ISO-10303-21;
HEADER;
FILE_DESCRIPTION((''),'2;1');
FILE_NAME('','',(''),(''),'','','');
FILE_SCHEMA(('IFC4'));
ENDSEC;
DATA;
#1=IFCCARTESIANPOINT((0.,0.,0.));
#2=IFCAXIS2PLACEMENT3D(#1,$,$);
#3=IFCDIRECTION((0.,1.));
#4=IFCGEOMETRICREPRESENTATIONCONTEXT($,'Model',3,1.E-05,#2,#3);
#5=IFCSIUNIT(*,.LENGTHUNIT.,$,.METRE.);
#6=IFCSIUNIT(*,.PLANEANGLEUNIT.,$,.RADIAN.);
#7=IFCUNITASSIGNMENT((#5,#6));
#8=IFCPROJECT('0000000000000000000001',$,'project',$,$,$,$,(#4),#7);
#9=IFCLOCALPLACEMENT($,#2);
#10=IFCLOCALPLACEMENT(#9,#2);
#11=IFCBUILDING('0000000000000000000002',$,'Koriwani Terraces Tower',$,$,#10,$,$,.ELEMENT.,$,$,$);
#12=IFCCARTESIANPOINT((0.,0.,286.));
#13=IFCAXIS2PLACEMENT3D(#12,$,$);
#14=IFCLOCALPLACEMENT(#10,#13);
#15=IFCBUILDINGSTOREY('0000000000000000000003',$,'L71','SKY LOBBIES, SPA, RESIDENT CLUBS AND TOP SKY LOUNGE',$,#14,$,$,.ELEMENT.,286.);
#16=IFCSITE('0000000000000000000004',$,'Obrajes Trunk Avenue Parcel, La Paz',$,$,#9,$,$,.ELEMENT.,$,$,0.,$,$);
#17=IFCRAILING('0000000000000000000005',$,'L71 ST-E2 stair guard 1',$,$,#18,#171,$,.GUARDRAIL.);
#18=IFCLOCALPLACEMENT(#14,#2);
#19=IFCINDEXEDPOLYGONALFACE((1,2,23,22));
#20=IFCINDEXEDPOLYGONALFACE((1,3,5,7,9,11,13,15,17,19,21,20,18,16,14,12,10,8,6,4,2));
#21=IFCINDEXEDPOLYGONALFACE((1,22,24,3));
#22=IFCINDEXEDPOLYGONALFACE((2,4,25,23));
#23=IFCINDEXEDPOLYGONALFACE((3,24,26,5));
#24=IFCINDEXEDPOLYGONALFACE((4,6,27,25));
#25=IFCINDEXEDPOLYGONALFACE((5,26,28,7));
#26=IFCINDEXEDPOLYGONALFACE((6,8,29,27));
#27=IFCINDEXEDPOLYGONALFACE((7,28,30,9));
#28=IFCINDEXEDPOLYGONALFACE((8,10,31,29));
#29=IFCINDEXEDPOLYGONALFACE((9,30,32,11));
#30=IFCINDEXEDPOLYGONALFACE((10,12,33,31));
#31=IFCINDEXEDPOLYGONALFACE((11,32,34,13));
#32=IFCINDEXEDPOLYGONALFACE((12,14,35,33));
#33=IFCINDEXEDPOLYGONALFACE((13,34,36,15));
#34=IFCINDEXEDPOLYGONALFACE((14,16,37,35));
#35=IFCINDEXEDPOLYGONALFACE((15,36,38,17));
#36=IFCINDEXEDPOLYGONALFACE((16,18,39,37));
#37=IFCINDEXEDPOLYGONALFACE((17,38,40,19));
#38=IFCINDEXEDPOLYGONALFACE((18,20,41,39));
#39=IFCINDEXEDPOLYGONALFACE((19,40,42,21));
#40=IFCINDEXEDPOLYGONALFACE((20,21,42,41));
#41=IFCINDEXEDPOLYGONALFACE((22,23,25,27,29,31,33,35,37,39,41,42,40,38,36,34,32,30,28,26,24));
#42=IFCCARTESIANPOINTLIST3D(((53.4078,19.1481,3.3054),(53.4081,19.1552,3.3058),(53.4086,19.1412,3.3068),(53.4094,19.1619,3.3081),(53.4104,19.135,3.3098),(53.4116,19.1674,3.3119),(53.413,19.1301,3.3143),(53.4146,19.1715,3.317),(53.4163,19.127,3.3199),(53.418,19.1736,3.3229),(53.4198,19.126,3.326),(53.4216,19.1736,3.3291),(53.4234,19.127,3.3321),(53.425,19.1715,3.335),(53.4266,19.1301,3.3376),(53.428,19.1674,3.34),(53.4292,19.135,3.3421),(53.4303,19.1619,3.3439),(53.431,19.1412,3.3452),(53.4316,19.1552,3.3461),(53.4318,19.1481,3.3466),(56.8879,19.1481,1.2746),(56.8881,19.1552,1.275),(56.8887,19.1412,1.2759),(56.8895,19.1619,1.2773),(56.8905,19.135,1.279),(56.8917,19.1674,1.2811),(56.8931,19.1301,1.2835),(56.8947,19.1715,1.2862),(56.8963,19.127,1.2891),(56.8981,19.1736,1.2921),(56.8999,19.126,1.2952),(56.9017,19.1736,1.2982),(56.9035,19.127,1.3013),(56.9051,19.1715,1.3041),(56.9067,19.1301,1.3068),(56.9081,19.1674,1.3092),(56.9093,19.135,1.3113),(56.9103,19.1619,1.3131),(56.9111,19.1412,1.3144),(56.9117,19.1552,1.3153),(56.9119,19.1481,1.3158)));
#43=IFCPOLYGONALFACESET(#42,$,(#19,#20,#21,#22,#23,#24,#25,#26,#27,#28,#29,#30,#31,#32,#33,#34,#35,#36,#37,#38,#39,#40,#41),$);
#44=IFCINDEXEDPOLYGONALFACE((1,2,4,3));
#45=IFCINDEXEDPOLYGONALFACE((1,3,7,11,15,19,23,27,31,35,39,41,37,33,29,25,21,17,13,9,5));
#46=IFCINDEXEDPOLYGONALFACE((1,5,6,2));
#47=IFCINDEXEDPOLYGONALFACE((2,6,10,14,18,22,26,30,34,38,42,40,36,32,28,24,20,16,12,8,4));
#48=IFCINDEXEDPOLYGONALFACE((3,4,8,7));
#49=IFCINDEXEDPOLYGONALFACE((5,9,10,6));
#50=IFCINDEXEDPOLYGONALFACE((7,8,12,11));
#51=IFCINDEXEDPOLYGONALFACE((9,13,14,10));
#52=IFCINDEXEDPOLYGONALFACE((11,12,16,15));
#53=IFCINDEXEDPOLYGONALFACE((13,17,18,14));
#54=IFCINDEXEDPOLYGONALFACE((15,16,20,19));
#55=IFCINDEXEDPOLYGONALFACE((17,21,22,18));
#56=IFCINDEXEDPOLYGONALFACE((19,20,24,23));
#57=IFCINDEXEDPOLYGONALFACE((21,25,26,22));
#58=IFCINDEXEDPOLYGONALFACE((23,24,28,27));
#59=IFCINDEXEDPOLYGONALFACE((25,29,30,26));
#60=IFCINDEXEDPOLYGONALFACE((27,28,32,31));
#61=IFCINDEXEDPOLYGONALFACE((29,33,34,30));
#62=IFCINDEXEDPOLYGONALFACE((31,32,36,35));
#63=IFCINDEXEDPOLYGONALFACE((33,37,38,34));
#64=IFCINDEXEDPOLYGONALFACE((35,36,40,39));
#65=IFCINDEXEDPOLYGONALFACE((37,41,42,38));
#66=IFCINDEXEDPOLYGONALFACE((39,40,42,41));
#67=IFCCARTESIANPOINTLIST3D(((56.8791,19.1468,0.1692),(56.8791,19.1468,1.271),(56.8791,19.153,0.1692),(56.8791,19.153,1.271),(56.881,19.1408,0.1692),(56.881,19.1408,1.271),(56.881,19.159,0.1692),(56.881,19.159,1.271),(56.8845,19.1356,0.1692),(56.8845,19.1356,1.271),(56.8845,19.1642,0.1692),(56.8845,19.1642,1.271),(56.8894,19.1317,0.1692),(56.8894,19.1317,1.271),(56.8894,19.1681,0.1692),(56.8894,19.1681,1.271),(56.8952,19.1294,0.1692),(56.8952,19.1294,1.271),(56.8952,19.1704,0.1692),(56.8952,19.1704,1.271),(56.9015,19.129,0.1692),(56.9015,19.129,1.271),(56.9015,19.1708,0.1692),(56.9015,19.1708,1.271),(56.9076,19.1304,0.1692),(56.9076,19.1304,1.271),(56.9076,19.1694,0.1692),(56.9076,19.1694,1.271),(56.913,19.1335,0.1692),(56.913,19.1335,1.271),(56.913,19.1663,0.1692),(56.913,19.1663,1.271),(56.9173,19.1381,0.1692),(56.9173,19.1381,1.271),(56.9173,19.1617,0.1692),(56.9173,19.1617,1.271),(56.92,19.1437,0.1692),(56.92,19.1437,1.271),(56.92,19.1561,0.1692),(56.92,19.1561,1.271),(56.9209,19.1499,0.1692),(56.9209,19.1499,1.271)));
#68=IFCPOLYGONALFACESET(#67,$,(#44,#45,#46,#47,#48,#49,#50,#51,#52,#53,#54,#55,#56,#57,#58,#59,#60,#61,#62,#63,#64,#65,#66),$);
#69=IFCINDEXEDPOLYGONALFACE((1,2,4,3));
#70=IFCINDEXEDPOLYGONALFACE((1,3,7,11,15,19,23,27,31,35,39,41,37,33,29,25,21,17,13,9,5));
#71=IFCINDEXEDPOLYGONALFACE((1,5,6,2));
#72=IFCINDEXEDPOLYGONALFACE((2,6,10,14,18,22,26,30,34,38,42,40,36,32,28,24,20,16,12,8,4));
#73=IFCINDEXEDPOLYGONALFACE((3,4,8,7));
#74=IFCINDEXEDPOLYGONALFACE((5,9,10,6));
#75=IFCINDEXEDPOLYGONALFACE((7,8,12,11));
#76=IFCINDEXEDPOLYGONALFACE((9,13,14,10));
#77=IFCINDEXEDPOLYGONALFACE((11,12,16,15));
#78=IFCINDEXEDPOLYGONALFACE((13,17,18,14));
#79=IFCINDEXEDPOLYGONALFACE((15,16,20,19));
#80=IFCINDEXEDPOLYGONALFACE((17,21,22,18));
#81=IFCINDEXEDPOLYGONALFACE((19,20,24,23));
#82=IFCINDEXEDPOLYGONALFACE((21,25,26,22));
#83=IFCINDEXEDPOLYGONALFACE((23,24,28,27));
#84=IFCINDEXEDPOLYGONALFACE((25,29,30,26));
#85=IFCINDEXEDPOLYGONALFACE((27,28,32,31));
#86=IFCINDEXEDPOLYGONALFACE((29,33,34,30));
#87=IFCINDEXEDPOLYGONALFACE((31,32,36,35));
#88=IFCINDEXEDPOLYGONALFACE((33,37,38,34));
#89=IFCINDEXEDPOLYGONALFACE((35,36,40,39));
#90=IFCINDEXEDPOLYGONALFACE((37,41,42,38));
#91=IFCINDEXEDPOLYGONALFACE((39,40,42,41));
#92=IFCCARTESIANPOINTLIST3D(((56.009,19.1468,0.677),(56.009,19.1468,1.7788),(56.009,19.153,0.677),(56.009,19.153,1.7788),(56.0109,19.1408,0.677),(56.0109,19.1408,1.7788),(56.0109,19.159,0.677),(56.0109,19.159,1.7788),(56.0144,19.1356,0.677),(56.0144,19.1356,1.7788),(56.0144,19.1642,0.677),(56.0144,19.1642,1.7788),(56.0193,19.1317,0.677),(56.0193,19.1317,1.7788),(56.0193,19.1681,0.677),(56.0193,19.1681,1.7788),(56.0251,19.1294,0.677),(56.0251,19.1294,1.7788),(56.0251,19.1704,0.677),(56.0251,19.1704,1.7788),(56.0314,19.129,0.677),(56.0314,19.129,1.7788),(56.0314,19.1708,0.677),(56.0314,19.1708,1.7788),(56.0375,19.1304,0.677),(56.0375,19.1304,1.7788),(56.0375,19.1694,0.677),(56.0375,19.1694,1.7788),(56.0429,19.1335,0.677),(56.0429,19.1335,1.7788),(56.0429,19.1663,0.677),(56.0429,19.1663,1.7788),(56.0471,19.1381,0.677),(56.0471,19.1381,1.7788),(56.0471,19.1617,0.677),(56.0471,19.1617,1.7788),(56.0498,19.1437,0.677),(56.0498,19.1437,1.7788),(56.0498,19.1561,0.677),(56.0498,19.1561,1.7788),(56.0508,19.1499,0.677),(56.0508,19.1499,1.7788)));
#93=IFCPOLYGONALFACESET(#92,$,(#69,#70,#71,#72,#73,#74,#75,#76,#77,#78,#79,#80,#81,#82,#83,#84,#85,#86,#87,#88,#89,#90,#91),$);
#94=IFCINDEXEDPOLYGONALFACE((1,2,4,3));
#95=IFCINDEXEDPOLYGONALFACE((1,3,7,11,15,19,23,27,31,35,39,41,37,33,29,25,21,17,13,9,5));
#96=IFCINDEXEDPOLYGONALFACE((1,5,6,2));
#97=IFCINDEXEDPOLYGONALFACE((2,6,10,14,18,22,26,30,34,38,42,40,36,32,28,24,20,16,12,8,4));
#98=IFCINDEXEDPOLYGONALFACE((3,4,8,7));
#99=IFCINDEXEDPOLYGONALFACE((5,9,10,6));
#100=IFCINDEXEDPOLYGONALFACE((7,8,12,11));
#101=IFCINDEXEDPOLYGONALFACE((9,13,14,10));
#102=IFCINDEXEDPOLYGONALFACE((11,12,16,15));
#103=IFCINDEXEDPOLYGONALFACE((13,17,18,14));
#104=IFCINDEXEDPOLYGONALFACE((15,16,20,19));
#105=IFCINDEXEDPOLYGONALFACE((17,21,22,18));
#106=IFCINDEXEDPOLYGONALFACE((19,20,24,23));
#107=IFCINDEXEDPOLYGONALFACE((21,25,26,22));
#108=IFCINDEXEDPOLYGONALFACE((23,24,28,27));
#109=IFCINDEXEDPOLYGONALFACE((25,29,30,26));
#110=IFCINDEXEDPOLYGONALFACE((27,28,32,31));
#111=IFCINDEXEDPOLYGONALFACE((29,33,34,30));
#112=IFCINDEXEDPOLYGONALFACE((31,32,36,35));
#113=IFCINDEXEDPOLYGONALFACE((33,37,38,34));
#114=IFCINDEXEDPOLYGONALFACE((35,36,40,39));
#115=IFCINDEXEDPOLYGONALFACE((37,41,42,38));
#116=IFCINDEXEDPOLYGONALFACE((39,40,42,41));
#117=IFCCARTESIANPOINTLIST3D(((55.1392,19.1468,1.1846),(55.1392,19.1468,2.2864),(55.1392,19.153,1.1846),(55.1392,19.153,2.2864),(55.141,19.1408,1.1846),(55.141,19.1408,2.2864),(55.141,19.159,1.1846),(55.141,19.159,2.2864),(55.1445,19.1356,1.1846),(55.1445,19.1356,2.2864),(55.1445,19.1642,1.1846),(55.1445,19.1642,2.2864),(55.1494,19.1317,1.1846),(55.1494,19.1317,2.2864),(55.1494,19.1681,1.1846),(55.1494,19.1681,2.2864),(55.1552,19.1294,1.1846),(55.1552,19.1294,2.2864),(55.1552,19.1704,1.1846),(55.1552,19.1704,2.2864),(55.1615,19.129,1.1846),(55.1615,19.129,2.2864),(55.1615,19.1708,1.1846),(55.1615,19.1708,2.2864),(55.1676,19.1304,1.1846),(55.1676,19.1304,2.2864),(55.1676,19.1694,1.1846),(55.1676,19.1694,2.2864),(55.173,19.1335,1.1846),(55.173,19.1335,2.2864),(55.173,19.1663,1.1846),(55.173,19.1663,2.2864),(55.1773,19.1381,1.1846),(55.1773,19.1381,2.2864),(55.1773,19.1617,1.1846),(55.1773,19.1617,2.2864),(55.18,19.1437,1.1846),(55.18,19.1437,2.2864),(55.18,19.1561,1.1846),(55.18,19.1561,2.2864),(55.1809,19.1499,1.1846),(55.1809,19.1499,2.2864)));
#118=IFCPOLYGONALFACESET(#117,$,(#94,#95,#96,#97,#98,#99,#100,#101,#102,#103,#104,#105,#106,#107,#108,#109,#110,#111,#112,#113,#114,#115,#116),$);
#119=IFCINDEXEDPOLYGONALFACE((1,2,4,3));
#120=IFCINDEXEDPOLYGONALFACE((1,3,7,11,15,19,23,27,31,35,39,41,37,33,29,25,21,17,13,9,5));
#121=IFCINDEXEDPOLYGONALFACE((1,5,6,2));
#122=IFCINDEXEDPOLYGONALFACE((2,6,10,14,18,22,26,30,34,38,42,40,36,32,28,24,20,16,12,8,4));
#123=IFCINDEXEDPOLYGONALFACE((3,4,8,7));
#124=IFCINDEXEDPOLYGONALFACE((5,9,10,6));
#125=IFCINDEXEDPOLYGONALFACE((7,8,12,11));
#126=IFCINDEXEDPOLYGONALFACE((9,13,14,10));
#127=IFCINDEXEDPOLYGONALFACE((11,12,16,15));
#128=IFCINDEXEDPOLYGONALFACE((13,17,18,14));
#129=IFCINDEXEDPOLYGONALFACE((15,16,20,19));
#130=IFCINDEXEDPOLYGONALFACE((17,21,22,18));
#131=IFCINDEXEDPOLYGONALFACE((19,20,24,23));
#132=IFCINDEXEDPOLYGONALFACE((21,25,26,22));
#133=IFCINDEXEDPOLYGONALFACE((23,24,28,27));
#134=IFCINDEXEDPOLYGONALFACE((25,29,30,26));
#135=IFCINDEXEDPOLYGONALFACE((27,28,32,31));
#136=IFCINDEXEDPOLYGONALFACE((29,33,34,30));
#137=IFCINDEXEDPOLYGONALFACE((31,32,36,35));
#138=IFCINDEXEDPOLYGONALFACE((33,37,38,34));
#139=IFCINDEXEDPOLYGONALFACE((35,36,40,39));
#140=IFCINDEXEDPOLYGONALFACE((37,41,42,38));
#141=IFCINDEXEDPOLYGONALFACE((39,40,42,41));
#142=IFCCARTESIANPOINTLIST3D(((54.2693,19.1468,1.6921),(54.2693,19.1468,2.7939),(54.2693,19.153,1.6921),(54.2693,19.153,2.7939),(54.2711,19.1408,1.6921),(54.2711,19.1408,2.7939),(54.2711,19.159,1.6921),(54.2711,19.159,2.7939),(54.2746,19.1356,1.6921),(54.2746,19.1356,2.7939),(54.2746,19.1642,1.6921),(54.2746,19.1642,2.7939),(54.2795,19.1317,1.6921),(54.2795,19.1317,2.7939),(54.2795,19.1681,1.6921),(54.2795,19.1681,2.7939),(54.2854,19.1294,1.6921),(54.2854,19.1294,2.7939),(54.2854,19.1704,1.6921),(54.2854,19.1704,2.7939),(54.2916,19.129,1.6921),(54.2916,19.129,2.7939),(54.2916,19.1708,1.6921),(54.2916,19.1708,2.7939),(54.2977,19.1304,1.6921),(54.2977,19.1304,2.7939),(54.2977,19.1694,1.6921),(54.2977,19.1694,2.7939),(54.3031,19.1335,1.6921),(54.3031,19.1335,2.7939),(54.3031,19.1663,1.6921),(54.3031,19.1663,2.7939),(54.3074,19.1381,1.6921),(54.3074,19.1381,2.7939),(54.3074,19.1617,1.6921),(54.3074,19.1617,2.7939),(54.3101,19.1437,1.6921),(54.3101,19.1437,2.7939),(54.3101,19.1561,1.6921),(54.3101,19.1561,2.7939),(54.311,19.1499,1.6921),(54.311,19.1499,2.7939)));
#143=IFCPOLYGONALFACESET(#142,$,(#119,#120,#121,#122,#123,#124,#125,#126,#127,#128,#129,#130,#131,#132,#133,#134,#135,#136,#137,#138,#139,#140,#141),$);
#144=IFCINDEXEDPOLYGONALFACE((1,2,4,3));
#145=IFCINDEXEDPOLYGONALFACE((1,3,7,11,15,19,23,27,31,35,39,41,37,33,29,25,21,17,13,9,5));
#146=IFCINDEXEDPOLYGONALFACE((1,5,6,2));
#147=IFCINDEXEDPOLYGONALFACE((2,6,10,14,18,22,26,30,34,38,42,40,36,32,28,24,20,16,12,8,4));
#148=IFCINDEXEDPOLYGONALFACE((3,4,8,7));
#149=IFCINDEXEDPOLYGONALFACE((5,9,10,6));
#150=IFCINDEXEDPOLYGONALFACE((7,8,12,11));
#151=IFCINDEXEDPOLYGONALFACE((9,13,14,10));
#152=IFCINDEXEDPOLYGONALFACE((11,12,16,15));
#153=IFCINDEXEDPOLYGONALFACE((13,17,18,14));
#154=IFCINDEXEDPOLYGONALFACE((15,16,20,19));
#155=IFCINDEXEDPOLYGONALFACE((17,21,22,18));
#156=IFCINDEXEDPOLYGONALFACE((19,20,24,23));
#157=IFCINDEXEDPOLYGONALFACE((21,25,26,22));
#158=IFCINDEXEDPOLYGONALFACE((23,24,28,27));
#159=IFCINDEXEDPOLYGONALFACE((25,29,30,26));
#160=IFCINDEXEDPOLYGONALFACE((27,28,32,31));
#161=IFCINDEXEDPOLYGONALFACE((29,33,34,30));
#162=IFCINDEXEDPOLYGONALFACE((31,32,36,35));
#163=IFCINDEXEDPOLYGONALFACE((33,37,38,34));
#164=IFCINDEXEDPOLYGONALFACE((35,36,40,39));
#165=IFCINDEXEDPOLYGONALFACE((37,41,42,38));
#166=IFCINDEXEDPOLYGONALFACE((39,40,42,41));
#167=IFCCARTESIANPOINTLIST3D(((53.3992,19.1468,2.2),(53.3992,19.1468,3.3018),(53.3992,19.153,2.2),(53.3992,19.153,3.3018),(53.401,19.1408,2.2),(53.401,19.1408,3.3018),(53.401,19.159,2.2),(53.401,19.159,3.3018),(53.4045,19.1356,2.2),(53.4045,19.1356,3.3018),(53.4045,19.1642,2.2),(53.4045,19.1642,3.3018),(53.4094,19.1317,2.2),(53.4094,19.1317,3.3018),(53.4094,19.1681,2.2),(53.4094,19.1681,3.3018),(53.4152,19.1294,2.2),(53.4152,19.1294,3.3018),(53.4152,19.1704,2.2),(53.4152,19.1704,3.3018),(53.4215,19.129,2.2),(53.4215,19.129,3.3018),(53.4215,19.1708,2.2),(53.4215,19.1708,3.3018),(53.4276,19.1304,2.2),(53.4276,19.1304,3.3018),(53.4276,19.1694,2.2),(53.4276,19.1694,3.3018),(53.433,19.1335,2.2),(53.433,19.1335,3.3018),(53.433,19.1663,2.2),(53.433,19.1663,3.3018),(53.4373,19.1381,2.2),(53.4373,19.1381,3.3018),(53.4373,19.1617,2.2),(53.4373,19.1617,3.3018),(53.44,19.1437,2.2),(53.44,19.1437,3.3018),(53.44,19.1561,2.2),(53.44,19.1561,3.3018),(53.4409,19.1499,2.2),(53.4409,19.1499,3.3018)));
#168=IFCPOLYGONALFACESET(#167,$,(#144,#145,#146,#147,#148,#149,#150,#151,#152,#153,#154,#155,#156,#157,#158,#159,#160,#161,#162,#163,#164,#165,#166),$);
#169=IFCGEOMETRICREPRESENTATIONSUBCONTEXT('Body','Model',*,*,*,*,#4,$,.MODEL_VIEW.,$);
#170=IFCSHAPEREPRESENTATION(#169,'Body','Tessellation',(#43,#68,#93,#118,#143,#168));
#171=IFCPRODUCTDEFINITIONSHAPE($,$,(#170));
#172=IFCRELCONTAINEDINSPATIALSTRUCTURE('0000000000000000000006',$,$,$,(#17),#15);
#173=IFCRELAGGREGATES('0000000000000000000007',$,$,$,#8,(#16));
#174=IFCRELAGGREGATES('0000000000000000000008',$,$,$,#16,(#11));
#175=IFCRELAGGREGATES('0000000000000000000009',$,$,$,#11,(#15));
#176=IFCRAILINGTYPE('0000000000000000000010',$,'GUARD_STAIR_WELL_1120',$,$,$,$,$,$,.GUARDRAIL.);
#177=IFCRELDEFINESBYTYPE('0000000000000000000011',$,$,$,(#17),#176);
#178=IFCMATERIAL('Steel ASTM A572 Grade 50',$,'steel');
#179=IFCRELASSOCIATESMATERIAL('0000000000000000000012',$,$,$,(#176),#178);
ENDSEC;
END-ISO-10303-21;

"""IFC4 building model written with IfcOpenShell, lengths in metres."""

from ifc_helpers import new_model, si_unit, direction, frame, origin, origin_2d, place, context, subcontext, project, spatial, circle, extrude, material, type_object, element, save


model = new_model("IFC4")

# Units and contexts
model_context = context("Model", 3, precision=1e-05, world=origin(), true_north=direction((0.0, 1.0)))
body_context = subcontext(model_context, "Body", "Model", "MODEL_VIEW")
ifc_project = project(units=[si_unit("LENGTHUNIT", "METRE"), si_unit("PLANEANGLEUNIT", "RADIAN")], contexts=[model_context])

# Site, building, storey
site_placement = place(None, origin())
site = spatial("IfcSite", under=ifc_project, at=site_placement, Name="Obrajes Trunk Avenue Parcel, La Paz", CompositionType="ELEMENT", RefElevation=0.0)
building_placement = place(site_placement, origin())
building = spatial("IfcBuilding", under=site, at=building_placement, Name="Koriwani Terraces Tower", CompositionType="ELEMENT")
storey_placement = place(building_placement, frame((0.0, 0.0, 286.0)))
storey = spatial("IfcBuildingStorey", under=building, at=storey_placement, Name="L71", Description="SKY LOBBIES, SPA, RESIDENT CLUBS AND TOP SKY LOUNGE", CompositionType="ELEMENT", Elevation=286.0)

# Shared definitions
ifc_material_1 = material(Name="Steel ASTM A572 Grade 50", Category="steel")

# Railing
railing_type_1 = type_object("IfcRailingType", Name="GUARD_STAIR_WELL_1120", PredefinedType="GUARDRAIL", material=ifc_material_1)
railing_1_placement = place(storey_placement, frame((56.8999, 19.1499, 0.1692)))
element("IfcRailing", 1, at=railing_1_placement, inside=storey, type_object=railing_type_1, Name="L71 ST-E2 stair guard 1", PredefinedType="GUARDRAIL", context=body_context, shape_type="SweptSolid", body=[
    extrude(circle(Radius=0.0239, at=origin_2d()), frame((0.0, 0.0, 1.126), z_axis=(-0.863695, 0.0, 0.504014), x_axis=(0.0, -1.0, 0.0)), (0.0, 0.0, 1.0), 4.0293),
    extrude(circle(Radius=0.021, at=origin_2d()), origin(), (0.0, 0.0, 1.0), 1.1018),
    extrude(circle(Radius=0.021, at=origin_2d()), frame((-0.8701, 0.0, 0.5078)), (0.0, 0.0, 1.0), 1.1018),
    extrude(circle(Radius=0.021, at=origin_2d()), frame((-1.74, 0.0, 1.0154)), (0.0, 0.0, 1.0), 1.1018),
    extrude(circle(Radius=0.021, at=origin_2d()), frame((-2.6099, 0.0, 1.5229)), (0.0, 0.0, 1.0), 1.1018),
    extrude(circle(Radius=0.021, at=origin_2d()), frame((-3.48, 0.0, 2.0308)), (0.0, 0.0, 1.0), 1.1018),
])

save(model, "model.ifc")
